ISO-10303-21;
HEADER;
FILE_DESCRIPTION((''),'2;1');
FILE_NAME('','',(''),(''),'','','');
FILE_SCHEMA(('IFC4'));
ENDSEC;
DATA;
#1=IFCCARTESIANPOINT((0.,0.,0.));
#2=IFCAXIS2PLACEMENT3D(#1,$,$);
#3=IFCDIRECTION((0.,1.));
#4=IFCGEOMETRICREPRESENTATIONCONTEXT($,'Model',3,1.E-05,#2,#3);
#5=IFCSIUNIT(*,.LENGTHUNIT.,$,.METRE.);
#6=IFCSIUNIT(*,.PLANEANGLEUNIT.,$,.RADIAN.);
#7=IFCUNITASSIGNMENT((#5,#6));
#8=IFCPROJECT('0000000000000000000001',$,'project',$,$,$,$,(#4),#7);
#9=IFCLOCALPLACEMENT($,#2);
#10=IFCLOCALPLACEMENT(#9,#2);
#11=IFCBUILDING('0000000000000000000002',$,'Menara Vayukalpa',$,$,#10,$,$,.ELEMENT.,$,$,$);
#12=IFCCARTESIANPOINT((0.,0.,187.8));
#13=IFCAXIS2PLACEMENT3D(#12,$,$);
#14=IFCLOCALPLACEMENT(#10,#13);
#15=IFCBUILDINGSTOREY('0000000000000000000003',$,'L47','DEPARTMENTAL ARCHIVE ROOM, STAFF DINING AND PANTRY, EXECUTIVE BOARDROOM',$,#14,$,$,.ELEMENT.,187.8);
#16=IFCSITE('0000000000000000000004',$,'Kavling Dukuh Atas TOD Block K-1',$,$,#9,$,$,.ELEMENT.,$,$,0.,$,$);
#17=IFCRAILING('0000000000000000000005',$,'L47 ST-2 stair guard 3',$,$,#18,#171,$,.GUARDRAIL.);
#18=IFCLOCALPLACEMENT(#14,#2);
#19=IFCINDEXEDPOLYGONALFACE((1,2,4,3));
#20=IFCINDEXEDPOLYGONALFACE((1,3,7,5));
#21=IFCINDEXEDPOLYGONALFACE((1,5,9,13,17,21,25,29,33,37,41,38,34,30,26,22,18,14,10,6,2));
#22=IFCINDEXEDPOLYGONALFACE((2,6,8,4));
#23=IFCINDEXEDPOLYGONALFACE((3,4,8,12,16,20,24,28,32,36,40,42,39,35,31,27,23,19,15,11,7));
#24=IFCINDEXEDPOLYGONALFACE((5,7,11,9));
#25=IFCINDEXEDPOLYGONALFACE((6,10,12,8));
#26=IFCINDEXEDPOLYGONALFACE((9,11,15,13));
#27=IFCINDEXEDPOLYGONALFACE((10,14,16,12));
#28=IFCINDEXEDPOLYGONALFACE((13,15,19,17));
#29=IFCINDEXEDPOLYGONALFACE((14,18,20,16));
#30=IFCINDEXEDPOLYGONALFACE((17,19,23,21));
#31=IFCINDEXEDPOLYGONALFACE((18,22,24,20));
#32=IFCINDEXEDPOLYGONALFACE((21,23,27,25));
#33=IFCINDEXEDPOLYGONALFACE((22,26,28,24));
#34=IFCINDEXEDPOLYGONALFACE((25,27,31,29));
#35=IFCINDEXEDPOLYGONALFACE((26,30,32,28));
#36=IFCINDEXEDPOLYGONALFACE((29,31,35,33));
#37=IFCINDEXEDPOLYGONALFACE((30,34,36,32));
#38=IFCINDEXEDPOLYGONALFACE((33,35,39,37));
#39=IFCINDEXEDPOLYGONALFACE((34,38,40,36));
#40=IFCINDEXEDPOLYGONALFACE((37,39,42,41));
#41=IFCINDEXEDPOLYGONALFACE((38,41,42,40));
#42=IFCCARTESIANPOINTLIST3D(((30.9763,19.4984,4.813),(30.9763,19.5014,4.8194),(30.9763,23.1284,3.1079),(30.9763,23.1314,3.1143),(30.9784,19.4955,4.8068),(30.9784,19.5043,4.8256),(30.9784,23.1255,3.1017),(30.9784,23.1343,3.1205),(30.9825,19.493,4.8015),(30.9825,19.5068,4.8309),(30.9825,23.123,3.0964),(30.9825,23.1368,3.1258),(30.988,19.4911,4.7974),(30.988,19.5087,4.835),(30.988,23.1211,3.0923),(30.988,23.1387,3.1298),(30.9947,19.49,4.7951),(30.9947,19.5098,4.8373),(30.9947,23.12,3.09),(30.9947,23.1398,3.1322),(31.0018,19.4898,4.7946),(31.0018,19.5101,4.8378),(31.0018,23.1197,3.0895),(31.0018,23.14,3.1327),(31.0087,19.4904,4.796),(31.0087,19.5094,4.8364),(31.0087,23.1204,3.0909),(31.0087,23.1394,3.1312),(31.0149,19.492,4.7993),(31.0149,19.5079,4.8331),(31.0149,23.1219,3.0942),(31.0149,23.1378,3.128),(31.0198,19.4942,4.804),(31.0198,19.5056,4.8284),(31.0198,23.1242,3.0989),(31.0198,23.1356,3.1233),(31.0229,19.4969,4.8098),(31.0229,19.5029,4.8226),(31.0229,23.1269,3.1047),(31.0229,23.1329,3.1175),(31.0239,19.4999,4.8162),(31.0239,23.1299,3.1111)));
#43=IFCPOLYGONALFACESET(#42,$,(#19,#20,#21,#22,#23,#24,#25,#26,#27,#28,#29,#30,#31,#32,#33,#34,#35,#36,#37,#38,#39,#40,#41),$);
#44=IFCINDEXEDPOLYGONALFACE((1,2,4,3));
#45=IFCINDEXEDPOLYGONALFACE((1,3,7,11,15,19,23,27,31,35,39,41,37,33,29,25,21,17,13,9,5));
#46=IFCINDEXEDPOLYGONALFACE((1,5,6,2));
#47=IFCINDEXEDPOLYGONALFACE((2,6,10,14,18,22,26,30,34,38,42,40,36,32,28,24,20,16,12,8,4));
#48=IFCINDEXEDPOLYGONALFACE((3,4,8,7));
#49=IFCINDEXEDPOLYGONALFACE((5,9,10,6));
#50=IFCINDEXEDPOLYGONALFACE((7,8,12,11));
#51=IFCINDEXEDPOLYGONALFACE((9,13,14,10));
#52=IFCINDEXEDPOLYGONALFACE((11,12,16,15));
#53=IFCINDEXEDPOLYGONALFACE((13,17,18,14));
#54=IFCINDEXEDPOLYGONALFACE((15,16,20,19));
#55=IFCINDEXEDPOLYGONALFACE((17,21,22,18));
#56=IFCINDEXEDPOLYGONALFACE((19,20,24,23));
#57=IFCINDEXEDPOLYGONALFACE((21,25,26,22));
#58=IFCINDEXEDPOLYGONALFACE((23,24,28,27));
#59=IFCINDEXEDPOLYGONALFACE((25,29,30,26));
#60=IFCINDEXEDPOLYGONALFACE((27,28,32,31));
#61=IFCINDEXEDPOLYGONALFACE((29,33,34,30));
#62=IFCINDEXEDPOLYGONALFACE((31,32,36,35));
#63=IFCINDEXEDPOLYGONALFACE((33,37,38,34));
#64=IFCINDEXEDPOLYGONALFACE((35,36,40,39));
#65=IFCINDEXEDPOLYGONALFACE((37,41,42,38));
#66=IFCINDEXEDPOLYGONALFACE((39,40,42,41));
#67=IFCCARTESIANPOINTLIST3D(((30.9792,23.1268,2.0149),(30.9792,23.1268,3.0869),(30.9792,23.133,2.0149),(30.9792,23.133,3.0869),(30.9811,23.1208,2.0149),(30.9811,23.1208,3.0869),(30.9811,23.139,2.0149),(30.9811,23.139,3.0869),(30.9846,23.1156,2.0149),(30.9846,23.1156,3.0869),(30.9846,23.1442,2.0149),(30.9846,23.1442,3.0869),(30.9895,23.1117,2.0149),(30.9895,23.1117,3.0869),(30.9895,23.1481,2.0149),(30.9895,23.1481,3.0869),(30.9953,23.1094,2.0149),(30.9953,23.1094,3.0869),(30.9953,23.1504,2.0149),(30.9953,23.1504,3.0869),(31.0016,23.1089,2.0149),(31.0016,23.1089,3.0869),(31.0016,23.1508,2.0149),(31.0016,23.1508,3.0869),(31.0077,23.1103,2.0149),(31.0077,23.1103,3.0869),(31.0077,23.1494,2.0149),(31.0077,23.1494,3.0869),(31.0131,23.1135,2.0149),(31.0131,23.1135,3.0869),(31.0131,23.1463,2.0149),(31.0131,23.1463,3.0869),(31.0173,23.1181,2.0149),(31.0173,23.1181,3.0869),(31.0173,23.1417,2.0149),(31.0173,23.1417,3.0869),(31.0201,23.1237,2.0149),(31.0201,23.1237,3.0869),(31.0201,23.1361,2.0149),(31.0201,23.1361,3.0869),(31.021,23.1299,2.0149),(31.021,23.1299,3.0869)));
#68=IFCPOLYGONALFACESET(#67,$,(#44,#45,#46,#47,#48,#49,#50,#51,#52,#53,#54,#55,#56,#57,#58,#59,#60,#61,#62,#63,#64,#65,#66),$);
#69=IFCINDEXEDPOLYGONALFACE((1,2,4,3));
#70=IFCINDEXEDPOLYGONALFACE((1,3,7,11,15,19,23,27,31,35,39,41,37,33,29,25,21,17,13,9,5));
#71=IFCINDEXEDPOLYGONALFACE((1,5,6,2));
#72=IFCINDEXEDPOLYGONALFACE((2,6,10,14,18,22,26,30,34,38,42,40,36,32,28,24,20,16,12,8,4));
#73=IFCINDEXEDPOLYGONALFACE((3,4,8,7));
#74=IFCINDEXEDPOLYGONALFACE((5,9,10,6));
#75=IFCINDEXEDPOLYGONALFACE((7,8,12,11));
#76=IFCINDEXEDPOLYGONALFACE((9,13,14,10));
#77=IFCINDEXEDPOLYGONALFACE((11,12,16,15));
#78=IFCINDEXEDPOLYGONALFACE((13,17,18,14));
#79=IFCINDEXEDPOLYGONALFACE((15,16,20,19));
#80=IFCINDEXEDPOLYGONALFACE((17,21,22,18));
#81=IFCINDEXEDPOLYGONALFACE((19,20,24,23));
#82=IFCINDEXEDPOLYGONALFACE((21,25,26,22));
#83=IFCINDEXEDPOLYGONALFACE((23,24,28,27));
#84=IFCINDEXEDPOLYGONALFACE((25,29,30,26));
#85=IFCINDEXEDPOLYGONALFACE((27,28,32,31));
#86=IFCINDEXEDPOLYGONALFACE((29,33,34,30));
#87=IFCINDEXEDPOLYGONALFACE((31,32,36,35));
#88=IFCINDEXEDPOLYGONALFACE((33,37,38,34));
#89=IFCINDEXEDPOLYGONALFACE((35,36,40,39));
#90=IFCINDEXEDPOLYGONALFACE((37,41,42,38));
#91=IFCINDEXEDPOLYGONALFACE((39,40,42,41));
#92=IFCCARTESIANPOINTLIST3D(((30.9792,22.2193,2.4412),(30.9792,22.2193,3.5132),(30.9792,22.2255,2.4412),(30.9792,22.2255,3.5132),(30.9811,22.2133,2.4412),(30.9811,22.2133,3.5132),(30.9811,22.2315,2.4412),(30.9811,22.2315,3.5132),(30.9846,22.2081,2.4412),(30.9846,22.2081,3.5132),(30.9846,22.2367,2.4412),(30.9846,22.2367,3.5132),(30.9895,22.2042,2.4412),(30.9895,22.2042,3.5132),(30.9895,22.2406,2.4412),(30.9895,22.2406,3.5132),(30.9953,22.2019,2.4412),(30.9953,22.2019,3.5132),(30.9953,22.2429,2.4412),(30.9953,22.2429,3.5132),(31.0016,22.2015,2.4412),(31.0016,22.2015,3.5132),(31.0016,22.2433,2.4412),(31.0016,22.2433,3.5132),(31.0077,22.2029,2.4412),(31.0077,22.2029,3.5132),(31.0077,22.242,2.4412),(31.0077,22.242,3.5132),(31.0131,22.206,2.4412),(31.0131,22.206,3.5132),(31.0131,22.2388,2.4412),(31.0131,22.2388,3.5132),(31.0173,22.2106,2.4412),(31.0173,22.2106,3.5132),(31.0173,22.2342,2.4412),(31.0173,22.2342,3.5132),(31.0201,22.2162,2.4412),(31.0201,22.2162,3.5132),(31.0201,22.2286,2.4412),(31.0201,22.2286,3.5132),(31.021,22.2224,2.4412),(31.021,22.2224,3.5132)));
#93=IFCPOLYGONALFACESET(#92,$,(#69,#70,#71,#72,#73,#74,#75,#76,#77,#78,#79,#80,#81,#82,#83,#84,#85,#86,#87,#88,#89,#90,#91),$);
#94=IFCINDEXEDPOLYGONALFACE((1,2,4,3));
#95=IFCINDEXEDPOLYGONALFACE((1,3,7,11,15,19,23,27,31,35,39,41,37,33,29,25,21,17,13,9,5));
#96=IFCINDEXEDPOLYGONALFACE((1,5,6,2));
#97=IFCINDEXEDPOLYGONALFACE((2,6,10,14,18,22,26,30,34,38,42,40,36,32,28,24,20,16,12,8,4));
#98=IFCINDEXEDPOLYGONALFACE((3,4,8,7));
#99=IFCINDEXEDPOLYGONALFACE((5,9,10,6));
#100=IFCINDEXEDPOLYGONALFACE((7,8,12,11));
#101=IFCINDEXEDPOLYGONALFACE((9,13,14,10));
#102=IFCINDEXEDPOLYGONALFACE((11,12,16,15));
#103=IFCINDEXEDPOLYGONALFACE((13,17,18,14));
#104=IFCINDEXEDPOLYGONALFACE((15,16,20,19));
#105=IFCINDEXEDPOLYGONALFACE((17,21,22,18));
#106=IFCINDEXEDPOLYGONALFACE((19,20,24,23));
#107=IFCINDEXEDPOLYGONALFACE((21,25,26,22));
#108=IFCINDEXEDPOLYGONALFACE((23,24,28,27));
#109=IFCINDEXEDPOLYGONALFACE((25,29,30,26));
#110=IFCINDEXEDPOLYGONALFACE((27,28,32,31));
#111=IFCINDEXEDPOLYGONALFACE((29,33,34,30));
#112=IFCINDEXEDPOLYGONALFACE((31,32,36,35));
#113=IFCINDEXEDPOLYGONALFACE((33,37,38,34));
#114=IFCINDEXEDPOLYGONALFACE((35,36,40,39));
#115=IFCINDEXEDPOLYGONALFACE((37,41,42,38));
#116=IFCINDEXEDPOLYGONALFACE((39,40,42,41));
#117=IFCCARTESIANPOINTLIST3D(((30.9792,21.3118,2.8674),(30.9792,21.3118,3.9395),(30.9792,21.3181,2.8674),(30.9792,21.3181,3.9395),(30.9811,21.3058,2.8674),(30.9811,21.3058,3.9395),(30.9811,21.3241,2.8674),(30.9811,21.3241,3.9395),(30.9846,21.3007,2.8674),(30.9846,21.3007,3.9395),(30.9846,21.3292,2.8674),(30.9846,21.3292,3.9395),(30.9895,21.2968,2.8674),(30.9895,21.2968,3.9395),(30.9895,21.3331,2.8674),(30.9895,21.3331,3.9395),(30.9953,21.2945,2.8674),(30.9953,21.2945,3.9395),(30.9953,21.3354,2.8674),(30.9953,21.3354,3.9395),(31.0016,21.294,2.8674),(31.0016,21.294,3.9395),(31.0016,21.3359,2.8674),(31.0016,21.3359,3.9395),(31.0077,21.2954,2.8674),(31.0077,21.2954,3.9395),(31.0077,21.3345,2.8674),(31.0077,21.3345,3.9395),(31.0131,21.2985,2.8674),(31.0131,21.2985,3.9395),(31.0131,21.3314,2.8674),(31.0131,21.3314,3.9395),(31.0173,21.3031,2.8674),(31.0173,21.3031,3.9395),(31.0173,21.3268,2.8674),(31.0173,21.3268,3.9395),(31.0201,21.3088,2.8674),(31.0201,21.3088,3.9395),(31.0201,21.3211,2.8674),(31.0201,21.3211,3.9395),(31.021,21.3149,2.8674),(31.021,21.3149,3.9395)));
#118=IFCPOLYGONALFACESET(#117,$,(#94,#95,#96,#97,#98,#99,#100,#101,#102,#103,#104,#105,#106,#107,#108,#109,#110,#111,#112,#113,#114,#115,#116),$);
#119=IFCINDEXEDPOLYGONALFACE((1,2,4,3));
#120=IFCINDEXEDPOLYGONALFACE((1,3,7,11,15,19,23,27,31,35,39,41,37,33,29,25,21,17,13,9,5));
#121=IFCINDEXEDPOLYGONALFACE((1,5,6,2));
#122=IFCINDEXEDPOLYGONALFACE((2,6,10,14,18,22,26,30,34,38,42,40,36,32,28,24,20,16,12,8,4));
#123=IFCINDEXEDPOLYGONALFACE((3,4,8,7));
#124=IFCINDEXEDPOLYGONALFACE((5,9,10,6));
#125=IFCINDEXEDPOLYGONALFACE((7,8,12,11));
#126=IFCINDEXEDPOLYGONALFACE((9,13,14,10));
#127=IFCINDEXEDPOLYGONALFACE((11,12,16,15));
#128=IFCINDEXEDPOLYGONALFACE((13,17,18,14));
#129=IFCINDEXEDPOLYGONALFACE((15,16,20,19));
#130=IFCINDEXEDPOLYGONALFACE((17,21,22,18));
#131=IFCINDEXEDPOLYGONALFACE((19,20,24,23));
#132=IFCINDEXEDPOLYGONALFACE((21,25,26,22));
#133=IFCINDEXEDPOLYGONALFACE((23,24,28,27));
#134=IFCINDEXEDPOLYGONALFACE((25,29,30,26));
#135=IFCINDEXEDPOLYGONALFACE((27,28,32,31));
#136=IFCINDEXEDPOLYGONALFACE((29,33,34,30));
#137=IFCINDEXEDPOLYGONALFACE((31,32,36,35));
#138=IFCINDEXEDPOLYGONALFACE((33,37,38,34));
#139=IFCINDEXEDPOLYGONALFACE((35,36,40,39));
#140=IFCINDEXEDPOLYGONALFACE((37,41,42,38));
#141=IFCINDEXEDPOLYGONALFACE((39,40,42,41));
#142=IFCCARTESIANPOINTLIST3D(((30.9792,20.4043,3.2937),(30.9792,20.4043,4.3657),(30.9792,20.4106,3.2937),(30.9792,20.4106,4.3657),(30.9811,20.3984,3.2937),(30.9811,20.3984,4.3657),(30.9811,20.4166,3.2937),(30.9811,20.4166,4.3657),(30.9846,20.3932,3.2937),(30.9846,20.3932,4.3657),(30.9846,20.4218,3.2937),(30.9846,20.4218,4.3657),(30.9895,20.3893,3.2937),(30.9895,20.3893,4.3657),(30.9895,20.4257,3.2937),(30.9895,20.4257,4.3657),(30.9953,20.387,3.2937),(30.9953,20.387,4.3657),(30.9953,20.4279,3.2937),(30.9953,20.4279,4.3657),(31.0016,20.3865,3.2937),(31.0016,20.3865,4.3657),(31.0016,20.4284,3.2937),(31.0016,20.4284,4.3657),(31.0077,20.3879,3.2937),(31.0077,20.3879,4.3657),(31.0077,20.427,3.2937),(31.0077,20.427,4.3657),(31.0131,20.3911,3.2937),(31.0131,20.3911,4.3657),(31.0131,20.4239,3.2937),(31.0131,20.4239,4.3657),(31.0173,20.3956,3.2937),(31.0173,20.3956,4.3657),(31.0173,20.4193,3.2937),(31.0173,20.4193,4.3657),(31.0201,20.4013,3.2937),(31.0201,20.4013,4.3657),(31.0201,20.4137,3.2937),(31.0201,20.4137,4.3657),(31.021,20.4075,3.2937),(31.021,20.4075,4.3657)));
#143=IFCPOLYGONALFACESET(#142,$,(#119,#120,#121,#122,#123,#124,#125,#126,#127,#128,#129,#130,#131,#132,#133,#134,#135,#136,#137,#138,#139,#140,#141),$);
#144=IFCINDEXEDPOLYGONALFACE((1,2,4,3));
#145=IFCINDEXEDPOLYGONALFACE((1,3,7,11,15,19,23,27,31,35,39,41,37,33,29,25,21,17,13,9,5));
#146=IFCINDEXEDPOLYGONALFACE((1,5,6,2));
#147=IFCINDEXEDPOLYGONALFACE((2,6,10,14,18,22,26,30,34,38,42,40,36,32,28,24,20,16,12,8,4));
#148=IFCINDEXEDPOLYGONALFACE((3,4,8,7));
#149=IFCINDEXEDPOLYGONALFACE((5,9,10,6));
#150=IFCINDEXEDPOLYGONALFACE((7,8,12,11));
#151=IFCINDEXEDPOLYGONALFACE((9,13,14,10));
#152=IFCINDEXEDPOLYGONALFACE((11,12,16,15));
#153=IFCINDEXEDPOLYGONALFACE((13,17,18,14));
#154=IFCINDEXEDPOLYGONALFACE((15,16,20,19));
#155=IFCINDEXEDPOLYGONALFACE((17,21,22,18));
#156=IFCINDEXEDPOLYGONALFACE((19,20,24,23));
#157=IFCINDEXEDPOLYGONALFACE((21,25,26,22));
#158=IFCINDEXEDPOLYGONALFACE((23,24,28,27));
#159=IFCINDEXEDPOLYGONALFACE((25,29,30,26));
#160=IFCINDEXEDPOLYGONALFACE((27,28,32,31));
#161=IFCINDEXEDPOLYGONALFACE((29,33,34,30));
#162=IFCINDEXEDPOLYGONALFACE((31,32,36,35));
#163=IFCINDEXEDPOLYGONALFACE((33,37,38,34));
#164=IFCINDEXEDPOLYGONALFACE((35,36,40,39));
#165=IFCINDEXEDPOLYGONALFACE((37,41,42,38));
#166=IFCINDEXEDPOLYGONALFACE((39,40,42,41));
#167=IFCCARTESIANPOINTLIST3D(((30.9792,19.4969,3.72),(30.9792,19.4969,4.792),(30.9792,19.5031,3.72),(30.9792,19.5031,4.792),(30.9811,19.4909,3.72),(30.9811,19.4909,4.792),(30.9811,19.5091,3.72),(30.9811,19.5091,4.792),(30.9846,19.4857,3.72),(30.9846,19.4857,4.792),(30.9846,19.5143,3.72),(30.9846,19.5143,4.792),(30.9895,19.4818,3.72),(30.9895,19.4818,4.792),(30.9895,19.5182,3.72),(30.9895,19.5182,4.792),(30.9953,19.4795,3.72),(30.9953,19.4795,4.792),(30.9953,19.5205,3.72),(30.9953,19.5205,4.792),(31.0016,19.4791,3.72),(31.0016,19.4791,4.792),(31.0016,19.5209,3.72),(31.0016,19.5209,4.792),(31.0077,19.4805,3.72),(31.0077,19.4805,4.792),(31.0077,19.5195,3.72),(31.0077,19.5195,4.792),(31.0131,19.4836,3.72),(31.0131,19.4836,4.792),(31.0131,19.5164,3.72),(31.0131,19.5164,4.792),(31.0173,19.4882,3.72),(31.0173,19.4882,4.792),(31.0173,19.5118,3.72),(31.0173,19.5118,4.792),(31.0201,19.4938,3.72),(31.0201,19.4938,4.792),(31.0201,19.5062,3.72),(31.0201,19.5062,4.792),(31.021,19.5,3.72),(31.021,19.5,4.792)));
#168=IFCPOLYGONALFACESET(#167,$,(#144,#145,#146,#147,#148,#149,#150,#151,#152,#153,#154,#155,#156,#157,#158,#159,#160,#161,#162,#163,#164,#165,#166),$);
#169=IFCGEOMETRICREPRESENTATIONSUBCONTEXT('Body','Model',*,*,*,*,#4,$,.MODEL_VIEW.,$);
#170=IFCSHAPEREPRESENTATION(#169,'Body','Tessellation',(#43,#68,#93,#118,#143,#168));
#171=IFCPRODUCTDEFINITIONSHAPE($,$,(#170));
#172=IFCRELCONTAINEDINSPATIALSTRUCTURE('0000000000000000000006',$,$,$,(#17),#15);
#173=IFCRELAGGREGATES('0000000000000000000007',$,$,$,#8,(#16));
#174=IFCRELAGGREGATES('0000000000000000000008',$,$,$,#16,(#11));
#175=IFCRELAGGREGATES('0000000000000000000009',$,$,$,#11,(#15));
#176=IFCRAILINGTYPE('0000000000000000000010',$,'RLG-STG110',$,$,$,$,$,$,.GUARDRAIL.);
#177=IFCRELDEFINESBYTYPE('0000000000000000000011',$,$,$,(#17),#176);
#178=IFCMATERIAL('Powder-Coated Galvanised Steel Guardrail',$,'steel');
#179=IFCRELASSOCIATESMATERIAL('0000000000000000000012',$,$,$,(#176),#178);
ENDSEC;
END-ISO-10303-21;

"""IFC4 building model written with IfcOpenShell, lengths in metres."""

from ifc_helpers import new_model, si_unit, direction, frame, origin, origin_2d, place, context, subcontext, project, spatial, circle, extrude, material, type_object, element, save


model = new_model("IFC4")

# Units and contexts
model_context = context("Model", 3, precision=1e-05, world=origin(), true_north=direction((0.0, 1.0)))
body_context = subcontext(model_context, "Body", "Model", "MODEL_VIEW")
ifc_project = project(units=[si_unit("LENGTHUNIT", "METRE"), si_unit("PLANEANGLEUNIT", "RADIAN")], contexts=[model_context])

# Site, building, storey
site_placement = place(None, origin())
site = spatial("IfcSite", under=ifc_project, at=site_placement, Name="Kavling Dukuh Atas TOD Block K-1", CompositionType="ELEMENT", RefElevation=0.0)
building_placement = place(site_placement, origin())
building = spatial("IfcBuilding", under=site, at=building_placement, Name="Menara Vayukalpa", CompositionType="ELEMENT")
storey_placement = place(building_placement, frame((0.0, 0.0, 187.8)))
storey = spatial("IfcBuildingStorey", under=building, at=storey_placement, Name="L47", Description="DEPARTMENTAL ARCHIVE ROOM, STAFF DINING AND PANTRY, EXECUTIVE BOARDROOM", CompositionType="ELEMENT", Elevation=187.8)

# Railing
ifc_material_1 = material(Name="Powder-Coated Galvanised Steel Guardrail", Category="steel")
railing_type_1 = type_object("IfcRailingType", Name="RLG-STG110", PredefinedType="GUARDRAIL", material=ifc_material_1)
railing_1_placement = place(storey_placement, frame((31.0, 23.1299, 2.0149)))
element("IfcRailing", 1, at=railing_1_placement, inside=storey, type_object=railing_type_1, Name="L47 ST-2 stair guard 3", PredefinedType="GUARDRAIL", context=body_context, shape_type="SweptSolid", body=[
    extrude(circle(Radius=0.0239, at=origin_2d()), frame((0.0, 0.0, 1.0962), z_axis=(0.0, -0.905116, 0.425164), x_axis=(1.0, 0.0, 0.0)), (0.0, 0.0, 1.0), 4.0105),
    extrude(circle(Radius=0.021, at=origin_2d()), origin(), (0.0, 0.0, 1.0), 1.072),
    extrude(circle(Radius=0.021, at=origin_2d()), frame((0.0, -0.9075, 0.4263)), (0.0, 0.0, 1.0), 1.072),
    extrude(circle(Radius=0.021, at=origin_2d()), frame((0.0, -1.8149, 0.8525)), (0.0, 0.0, 1.0), 1.072),
    extrude(circle(Radius=0.021, at=origin_2d()), frame((0.0, -2.7224, 1.2788)), (0.0, 0.0, 1.0), 1.072),
    extrude(circle(Radius=0.021, at=origin_2d()), frame((0.0, -3.6299, 1.7051)), (0.0, 0.0, 1.0), 1.072),
])

save(model, "model.ifc")
